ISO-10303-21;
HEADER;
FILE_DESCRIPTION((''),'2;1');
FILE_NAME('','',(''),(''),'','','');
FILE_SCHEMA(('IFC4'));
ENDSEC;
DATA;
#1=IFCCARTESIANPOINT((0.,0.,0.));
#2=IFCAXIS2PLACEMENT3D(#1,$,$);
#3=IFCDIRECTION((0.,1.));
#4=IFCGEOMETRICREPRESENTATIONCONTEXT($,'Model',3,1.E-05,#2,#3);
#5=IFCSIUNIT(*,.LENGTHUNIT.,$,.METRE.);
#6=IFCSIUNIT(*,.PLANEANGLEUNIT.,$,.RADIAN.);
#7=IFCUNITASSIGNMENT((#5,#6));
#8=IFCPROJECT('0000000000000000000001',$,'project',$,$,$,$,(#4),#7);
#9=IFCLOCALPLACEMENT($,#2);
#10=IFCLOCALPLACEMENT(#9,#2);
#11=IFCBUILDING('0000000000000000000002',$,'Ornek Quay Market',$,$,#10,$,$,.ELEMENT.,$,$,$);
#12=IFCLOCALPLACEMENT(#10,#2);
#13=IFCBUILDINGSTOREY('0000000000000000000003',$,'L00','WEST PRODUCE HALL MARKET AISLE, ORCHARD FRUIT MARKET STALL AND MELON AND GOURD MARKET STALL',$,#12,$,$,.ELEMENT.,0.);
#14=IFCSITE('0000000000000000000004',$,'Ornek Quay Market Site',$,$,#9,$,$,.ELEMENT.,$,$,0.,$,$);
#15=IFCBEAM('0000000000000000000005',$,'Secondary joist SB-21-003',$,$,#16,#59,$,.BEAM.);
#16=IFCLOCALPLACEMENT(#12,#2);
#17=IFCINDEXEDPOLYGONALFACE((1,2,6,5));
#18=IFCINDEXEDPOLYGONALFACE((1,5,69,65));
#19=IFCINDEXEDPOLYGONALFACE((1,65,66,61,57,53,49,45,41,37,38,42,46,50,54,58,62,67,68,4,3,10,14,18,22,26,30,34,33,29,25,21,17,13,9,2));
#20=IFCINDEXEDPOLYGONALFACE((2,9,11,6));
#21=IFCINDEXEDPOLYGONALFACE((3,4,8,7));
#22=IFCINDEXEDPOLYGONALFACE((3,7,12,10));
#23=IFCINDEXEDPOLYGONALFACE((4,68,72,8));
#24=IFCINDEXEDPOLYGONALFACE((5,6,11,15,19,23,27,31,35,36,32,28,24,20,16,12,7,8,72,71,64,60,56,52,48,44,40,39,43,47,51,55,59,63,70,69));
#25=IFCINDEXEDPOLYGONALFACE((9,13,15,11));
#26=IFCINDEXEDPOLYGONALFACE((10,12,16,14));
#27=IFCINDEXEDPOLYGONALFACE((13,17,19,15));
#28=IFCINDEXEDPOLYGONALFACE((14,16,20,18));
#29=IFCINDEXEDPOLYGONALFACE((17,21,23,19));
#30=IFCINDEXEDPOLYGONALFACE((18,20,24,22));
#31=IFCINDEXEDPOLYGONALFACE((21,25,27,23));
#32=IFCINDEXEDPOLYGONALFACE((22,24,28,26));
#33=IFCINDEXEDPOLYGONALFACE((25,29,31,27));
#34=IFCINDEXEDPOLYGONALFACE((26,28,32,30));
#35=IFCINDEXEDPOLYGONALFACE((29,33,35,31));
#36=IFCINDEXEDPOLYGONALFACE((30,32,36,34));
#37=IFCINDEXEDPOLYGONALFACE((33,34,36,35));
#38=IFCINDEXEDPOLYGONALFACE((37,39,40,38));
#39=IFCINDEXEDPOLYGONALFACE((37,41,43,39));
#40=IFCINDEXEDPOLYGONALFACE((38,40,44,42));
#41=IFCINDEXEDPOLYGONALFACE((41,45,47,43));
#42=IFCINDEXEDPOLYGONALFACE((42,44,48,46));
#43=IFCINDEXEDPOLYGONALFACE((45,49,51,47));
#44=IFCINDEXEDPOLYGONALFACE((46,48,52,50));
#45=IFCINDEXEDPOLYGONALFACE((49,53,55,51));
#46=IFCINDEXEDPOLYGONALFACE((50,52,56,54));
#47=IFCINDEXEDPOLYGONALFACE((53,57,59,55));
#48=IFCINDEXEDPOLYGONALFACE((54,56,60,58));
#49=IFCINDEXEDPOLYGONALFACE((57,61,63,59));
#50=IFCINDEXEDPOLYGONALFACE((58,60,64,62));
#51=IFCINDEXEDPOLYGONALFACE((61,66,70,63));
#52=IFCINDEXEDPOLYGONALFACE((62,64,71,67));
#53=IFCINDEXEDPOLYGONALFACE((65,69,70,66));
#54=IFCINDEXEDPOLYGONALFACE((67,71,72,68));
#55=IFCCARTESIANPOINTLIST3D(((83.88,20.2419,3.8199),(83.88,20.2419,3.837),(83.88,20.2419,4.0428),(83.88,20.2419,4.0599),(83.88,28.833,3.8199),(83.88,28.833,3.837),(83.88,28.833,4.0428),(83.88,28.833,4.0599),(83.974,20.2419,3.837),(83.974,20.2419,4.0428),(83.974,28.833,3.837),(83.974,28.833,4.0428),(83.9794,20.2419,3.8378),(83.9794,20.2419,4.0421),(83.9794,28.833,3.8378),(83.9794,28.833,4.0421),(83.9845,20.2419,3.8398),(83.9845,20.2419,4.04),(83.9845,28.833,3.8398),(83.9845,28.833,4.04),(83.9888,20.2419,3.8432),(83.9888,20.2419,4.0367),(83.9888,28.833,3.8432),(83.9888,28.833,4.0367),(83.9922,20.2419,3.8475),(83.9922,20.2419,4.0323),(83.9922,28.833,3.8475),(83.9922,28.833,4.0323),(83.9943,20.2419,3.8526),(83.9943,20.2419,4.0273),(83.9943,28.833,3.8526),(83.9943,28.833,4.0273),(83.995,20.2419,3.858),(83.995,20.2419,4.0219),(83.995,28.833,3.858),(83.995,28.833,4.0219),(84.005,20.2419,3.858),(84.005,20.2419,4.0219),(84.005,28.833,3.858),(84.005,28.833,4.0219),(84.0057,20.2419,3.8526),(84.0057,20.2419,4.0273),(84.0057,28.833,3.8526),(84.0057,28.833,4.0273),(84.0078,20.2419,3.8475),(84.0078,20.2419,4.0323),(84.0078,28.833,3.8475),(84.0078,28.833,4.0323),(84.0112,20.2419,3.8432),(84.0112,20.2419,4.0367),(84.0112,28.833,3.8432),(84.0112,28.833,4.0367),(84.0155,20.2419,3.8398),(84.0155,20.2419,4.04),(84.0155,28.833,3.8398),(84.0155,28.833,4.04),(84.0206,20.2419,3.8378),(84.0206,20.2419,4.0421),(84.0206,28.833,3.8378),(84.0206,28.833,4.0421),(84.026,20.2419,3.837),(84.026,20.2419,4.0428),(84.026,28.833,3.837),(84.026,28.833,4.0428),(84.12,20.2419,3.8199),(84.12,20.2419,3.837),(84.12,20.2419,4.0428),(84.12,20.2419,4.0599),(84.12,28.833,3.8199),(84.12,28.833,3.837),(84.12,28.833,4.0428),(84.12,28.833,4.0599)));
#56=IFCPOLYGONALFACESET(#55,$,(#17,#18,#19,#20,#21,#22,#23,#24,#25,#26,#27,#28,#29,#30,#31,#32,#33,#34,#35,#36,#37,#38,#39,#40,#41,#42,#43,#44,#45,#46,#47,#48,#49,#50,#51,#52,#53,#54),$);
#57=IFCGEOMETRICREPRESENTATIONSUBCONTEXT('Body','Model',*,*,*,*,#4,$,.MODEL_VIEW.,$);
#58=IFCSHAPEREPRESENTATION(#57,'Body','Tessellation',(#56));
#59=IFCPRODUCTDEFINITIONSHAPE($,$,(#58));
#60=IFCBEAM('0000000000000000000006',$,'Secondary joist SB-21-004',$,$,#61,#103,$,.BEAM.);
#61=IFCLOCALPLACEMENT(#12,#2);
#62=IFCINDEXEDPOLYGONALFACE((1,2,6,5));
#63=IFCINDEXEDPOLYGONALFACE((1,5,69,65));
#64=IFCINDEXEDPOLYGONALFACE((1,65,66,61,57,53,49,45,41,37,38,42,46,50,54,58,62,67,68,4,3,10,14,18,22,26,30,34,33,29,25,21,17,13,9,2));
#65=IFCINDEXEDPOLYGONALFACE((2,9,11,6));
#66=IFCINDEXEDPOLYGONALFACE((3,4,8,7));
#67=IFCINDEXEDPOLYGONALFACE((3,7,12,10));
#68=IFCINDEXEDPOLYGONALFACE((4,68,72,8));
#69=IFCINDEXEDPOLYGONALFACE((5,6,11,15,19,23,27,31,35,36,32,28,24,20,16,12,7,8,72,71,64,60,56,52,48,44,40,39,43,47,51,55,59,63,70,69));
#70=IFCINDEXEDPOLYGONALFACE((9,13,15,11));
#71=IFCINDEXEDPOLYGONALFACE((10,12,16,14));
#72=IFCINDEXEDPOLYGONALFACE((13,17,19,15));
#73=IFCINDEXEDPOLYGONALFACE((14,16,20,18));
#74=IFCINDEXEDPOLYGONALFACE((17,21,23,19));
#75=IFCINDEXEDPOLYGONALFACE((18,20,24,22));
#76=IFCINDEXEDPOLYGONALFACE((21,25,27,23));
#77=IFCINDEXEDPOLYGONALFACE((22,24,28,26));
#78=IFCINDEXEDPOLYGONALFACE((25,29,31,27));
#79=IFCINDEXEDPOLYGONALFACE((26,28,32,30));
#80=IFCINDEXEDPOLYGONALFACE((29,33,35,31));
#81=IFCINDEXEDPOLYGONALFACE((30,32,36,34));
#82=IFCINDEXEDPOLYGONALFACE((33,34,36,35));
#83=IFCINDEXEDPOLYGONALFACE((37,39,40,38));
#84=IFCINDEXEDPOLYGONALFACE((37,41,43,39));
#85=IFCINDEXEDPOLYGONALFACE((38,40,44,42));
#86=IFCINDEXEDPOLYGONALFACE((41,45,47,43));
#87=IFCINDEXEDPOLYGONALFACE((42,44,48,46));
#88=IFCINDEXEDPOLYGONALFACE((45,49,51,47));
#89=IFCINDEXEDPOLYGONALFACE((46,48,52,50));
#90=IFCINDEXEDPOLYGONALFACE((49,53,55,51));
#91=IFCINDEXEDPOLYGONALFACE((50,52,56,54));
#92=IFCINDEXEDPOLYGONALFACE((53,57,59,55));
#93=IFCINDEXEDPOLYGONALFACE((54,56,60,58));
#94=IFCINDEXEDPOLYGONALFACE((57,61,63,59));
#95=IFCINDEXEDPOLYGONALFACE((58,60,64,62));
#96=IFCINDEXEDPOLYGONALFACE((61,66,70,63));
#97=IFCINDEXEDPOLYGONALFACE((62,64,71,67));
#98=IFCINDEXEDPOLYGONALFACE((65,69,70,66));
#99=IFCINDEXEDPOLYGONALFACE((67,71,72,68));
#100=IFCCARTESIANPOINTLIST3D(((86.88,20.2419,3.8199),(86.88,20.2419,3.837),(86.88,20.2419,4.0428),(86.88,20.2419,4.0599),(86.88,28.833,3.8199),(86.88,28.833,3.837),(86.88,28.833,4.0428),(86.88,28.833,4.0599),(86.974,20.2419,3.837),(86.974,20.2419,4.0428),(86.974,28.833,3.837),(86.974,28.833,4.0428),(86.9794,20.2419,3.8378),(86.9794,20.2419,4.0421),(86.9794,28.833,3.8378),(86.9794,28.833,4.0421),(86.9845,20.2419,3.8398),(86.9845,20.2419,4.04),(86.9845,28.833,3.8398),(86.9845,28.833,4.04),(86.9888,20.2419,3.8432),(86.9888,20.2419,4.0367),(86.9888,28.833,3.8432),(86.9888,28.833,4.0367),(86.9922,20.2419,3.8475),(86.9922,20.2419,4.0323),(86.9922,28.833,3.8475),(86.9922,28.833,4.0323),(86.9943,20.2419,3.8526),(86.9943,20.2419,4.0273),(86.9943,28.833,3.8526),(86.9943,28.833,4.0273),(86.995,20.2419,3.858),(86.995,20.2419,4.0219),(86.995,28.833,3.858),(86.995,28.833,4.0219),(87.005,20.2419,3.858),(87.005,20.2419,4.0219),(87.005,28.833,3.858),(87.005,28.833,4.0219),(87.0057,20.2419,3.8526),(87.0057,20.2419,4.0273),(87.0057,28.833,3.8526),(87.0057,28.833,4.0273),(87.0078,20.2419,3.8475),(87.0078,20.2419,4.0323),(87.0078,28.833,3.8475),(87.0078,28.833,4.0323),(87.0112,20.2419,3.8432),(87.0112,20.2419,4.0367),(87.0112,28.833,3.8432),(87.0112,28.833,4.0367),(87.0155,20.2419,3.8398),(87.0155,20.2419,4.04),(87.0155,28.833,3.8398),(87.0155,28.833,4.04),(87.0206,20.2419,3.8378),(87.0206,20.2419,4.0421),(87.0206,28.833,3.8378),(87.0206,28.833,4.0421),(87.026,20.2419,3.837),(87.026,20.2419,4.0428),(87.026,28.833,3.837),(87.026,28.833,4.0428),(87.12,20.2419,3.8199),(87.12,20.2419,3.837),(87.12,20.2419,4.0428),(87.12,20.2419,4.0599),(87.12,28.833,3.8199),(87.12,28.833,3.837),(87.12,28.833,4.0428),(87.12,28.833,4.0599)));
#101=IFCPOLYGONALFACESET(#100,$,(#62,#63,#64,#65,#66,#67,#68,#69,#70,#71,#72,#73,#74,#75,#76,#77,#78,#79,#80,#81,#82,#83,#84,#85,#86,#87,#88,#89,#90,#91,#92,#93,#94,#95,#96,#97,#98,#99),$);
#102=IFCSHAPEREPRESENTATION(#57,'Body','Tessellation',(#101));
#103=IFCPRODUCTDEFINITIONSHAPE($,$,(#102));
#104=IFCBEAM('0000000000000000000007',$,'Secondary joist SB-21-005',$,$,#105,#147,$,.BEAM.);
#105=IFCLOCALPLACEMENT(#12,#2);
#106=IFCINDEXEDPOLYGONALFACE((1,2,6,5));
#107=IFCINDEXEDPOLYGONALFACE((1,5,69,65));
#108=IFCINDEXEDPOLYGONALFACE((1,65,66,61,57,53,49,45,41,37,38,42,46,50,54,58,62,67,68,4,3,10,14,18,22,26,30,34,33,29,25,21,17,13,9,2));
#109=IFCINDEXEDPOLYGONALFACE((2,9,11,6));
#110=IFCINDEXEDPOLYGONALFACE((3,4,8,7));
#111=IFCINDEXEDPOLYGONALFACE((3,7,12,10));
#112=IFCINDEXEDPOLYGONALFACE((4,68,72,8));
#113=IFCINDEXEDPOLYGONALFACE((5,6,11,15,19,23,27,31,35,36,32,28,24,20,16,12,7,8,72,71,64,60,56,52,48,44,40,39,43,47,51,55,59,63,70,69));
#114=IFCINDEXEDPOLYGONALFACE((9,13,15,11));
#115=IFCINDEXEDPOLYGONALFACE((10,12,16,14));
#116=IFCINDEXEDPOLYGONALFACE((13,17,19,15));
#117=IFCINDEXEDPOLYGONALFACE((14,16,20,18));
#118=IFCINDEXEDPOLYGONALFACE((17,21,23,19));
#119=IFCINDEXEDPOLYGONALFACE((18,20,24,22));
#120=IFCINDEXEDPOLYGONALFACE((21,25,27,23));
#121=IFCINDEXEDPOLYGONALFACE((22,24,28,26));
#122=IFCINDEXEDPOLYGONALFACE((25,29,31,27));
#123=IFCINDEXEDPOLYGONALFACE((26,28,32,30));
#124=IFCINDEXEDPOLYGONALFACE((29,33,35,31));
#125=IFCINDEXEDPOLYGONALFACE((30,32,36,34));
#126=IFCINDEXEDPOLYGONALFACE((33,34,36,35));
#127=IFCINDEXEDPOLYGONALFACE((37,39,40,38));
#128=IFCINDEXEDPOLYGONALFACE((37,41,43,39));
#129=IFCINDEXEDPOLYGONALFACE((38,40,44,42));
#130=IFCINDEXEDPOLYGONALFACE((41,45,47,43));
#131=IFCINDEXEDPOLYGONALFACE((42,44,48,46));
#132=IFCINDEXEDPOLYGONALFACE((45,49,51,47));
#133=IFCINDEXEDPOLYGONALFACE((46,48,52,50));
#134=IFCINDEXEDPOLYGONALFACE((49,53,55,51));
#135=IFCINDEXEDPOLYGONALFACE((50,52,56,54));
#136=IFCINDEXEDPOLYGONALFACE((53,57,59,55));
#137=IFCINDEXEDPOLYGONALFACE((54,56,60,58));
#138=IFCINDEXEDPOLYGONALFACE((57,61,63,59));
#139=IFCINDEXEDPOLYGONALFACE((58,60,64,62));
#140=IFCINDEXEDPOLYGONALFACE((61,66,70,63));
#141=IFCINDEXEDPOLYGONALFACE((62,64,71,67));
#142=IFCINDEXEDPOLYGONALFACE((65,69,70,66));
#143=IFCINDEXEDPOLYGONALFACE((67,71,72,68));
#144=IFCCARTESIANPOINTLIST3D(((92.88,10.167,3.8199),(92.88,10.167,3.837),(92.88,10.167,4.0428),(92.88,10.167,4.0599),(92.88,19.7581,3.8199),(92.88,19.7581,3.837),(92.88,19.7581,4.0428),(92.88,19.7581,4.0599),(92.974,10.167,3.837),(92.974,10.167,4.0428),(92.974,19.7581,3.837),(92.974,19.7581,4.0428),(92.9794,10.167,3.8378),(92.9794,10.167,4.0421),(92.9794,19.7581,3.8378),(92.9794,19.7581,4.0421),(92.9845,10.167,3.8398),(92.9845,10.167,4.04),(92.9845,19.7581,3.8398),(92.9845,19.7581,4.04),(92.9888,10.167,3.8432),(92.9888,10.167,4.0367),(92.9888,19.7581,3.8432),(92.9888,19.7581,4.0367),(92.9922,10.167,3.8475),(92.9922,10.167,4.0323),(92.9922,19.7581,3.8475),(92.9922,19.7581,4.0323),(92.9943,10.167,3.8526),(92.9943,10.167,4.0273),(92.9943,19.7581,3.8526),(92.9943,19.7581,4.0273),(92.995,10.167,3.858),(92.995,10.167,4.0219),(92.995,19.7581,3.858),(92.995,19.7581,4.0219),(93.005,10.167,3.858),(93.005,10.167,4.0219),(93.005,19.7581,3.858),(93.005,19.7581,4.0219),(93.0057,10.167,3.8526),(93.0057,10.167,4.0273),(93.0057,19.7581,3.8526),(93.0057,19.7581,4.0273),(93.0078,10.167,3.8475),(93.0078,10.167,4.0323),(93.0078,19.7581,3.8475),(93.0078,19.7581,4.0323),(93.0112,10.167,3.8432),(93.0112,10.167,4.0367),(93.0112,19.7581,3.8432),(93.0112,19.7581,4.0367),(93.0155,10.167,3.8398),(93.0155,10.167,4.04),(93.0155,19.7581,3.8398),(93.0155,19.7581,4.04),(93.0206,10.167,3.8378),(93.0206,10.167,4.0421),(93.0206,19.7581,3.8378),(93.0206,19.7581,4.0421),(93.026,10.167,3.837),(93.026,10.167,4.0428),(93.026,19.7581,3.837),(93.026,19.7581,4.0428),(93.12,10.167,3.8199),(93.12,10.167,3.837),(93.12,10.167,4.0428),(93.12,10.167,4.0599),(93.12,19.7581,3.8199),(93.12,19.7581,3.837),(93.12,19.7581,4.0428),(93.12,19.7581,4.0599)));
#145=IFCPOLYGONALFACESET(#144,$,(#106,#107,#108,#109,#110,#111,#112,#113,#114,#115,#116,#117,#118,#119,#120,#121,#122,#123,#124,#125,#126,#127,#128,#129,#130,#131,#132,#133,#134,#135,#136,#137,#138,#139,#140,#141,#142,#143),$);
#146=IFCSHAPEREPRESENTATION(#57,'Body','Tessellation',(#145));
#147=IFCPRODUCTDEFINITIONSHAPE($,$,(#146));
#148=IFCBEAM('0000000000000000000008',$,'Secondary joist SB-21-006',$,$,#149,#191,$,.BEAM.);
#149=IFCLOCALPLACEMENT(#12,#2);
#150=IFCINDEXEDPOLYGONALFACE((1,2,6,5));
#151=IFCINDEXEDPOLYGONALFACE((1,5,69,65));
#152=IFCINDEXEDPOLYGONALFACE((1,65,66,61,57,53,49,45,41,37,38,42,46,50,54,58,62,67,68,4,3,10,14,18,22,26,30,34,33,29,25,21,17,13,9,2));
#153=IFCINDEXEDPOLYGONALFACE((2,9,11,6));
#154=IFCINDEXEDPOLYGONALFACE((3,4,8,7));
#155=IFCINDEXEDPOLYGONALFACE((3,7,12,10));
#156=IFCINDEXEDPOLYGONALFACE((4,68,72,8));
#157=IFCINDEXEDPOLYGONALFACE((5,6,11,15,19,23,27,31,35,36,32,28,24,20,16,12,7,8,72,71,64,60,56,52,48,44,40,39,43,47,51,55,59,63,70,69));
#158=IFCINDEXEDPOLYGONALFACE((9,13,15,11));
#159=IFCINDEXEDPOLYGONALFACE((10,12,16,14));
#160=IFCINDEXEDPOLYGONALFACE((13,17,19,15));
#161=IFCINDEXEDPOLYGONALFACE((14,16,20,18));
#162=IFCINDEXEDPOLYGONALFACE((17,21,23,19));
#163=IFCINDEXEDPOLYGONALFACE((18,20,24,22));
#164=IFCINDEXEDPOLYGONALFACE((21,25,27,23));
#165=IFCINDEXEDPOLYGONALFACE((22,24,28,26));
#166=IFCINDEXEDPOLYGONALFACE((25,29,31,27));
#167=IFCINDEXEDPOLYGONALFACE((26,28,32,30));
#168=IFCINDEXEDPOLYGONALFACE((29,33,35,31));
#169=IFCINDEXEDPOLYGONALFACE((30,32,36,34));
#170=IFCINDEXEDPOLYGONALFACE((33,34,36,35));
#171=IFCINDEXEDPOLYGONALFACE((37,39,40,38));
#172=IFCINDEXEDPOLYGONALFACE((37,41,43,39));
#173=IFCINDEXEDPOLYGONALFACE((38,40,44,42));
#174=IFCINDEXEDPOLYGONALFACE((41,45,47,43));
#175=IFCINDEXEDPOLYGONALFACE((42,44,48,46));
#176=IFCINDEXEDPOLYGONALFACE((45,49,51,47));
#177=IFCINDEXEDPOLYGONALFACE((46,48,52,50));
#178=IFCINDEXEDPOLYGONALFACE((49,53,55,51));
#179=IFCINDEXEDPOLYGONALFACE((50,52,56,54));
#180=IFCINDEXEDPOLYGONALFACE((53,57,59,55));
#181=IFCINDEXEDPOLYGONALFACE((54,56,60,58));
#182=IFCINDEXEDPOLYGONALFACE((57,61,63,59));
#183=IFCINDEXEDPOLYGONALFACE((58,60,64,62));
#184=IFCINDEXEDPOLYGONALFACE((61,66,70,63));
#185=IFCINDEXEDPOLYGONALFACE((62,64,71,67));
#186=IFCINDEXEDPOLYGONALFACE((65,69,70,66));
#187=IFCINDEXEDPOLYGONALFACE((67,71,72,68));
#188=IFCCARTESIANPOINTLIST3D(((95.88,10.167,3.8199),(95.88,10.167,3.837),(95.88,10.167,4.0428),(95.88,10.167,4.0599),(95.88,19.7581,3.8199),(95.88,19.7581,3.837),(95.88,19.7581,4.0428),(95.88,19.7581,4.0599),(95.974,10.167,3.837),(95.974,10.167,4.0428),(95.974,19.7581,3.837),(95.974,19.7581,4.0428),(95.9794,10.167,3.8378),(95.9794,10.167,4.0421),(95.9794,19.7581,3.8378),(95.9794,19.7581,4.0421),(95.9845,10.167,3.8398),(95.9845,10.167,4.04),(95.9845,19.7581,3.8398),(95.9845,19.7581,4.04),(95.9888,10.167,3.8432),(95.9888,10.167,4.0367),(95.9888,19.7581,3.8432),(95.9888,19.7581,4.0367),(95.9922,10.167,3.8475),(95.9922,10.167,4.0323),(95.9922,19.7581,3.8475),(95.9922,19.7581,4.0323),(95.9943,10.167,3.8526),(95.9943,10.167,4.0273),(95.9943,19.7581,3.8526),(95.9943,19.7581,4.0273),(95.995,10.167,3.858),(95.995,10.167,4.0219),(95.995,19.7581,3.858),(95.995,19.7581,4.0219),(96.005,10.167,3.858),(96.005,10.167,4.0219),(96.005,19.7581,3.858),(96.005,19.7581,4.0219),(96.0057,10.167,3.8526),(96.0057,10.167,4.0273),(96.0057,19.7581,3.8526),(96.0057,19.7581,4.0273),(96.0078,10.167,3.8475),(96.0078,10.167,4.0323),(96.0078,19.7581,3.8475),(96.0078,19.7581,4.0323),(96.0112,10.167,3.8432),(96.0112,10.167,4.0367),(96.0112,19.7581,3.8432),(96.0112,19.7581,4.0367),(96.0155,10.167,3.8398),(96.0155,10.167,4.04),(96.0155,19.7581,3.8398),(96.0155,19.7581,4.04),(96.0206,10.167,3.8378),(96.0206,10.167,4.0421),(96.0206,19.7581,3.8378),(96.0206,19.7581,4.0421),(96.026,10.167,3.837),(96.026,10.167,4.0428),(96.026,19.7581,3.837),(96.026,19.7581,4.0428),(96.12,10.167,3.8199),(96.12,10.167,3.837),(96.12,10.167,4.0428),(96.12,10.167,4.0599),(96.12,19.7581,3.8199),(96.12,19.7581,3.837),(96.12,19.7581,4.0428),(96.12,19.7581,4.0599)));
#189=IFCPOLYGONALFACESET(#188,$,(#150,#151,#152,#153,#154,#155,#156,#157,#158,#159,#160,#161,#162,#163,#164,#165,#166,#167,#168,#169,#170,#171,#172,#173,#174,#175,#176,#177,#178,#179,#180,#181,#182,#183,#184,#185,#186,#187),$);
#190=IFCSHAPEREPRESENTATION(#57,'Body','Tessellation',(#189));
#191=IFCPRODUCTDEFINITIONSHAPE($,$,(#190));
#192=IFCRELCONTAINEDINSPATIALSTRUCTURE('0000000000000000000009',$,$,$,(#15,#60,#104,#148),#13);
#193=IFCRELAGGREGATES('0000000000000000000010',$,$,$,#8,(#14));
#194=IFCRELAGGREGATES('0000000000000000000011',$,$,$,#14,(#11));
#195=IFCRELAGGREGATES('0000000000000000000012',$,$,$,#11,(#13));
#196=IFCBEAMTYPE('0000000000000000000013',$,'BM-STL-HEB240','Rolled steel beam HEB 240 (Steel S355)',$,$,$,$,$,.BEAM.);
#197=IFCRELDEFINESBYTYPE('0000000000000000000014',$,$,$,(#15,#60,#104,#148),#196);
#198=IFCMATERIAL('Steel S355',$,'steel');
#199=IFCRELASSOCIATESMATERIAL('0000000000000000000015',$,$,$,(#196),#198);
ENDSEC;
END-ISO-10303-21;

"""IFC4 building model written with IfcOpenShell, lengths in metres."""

from ifc_helpers import new_model, si_unit, direction, frame, origin, origin_2d, place, context, subcontext, project, spatial, i_section, extrude, material, material_profile, profile_set, type_object, element, save


model = new_model("IFC4")

# Units and contexts
model_context = context("Model", 3, precision=1e-05, world=origin(), true_north=direction((0.0, 1.0)))
body_context = subcontext(model_context, "Body", "Model", "MODEL_VIEW")
ifc_project = project(units=[si_unit("LENGTHUNIT", "METRE"), si_unit("PLANEANGLEUNIT", "RADIAN")], contexts=[model_context])

# Site, building, storey
site_placement = place(None, origin())
site = spatial("IfcSite", under=ifc_project, at=site_placement, Name="Ornek Quay Market Site", CompositionType="ELEMENT", RefElevation=0.0)
building_placement = place(site_placement, origin())
building = spatial("IfcBuilding", under=site, at=building_placement, Name="Ornek Quay Market", CompositionType="ELEMENT")
storey_placement = place(building_placement, origin())
storey = spatial("IfcBuildingStorey", under=building, at=storey_placement, Name="L00", Description="WEST PRODUCE HALL MARKET AISLE, ORCHARD FRUIT MARKET STALL AND MELON AND GOURD MARKET STALL", CompositionType="ELEMENT", Elevation=0.0)

# Beams
ifc_material_1 = material(Name="Steel S355", Category="steel")
ifc_material_profile_1 = material_profile(ifc_material_1, i_section(OverallWidth=0.24, OverallDepth=0.24, WebThickness=0.01, FlangeThickness=0.0171, FilletRadius=0.021, at=origin_2d()), Name="HEB 240", Category="steel")
ifc_profile_set_1 = profile_set([ifc_material_profile_1], Name="Steel S355")
beam_type_1 = type_object("IfcBeamType", Name="BM-STL-HEB240", Description="Rolled steel beam HEB 240 (Steel S355)", PredefinedType="BEAM", material=ifc_profile_set_1)
for number, where, z_axis, x_axis, name in (
    (1, (84.0, 20.2419, 3.9399), (0.0, 1.0, 0.0), (-1.0, 0.0, 0.0), "Secondary joist SB-21-003"),
    (2, (87.0, 20.2419, 3.9399), (0.0, 1.0, 0.0), (-1.0, 0.0, 0.0), "Secondary joist SB-21-004"),
):
    element("IfcBeam", number, at=place(storey_placement, frame(where, z_axis=z_axis, x_axis=x_axis)), inside=storey, type_object=beam_type_1, Name=name, PredefinedType="BEAM", context=body_context, shape_type="SweptSolid", body=[
        extrude(i_section(OverallWidth=0.24, OverallDepth=0.24, WebThickness=0.01, FlangeThickness=0.0171, FilletRadius=0.021, at=origin_2d()), origin(), (0.0, 0.0, 1.0), 8.5911),
    ])
for number, where, z_axis, x_axis, name in (
    (3, (93.0, 10.167, 3.9399), (0.0, 1.0, 0.0), (-1.0, 0.0, 0.0), "Secondary joist SB-21-005"),
    (4, (96.0, 10.167, 3.9399), (0.0, 1.0, 0.0), (-1.0, 0.0, 0.0), "Secondary joist SB-21-006"),
):
    element("IfcBeam", number, at=place(storey_placement, frame(where, z_axis=z_axis, x_axis=x_axis)), inside=storey, type_object=beam_type_1, Name=name, PredefinedType="BEAM", context=body_context, shape_type="SweptSolid", body=[
        extrude(i_section(OverallWidth=0.24, OverallDepth=0.24, WebThickness=0.01, FlangeThickness=0.0171, FilletRadius=0.021, at=origin_2d()), origin(), (0.0, 0.0, 1.0), 9.5911),
    ])

save(model, "model.ifc")
